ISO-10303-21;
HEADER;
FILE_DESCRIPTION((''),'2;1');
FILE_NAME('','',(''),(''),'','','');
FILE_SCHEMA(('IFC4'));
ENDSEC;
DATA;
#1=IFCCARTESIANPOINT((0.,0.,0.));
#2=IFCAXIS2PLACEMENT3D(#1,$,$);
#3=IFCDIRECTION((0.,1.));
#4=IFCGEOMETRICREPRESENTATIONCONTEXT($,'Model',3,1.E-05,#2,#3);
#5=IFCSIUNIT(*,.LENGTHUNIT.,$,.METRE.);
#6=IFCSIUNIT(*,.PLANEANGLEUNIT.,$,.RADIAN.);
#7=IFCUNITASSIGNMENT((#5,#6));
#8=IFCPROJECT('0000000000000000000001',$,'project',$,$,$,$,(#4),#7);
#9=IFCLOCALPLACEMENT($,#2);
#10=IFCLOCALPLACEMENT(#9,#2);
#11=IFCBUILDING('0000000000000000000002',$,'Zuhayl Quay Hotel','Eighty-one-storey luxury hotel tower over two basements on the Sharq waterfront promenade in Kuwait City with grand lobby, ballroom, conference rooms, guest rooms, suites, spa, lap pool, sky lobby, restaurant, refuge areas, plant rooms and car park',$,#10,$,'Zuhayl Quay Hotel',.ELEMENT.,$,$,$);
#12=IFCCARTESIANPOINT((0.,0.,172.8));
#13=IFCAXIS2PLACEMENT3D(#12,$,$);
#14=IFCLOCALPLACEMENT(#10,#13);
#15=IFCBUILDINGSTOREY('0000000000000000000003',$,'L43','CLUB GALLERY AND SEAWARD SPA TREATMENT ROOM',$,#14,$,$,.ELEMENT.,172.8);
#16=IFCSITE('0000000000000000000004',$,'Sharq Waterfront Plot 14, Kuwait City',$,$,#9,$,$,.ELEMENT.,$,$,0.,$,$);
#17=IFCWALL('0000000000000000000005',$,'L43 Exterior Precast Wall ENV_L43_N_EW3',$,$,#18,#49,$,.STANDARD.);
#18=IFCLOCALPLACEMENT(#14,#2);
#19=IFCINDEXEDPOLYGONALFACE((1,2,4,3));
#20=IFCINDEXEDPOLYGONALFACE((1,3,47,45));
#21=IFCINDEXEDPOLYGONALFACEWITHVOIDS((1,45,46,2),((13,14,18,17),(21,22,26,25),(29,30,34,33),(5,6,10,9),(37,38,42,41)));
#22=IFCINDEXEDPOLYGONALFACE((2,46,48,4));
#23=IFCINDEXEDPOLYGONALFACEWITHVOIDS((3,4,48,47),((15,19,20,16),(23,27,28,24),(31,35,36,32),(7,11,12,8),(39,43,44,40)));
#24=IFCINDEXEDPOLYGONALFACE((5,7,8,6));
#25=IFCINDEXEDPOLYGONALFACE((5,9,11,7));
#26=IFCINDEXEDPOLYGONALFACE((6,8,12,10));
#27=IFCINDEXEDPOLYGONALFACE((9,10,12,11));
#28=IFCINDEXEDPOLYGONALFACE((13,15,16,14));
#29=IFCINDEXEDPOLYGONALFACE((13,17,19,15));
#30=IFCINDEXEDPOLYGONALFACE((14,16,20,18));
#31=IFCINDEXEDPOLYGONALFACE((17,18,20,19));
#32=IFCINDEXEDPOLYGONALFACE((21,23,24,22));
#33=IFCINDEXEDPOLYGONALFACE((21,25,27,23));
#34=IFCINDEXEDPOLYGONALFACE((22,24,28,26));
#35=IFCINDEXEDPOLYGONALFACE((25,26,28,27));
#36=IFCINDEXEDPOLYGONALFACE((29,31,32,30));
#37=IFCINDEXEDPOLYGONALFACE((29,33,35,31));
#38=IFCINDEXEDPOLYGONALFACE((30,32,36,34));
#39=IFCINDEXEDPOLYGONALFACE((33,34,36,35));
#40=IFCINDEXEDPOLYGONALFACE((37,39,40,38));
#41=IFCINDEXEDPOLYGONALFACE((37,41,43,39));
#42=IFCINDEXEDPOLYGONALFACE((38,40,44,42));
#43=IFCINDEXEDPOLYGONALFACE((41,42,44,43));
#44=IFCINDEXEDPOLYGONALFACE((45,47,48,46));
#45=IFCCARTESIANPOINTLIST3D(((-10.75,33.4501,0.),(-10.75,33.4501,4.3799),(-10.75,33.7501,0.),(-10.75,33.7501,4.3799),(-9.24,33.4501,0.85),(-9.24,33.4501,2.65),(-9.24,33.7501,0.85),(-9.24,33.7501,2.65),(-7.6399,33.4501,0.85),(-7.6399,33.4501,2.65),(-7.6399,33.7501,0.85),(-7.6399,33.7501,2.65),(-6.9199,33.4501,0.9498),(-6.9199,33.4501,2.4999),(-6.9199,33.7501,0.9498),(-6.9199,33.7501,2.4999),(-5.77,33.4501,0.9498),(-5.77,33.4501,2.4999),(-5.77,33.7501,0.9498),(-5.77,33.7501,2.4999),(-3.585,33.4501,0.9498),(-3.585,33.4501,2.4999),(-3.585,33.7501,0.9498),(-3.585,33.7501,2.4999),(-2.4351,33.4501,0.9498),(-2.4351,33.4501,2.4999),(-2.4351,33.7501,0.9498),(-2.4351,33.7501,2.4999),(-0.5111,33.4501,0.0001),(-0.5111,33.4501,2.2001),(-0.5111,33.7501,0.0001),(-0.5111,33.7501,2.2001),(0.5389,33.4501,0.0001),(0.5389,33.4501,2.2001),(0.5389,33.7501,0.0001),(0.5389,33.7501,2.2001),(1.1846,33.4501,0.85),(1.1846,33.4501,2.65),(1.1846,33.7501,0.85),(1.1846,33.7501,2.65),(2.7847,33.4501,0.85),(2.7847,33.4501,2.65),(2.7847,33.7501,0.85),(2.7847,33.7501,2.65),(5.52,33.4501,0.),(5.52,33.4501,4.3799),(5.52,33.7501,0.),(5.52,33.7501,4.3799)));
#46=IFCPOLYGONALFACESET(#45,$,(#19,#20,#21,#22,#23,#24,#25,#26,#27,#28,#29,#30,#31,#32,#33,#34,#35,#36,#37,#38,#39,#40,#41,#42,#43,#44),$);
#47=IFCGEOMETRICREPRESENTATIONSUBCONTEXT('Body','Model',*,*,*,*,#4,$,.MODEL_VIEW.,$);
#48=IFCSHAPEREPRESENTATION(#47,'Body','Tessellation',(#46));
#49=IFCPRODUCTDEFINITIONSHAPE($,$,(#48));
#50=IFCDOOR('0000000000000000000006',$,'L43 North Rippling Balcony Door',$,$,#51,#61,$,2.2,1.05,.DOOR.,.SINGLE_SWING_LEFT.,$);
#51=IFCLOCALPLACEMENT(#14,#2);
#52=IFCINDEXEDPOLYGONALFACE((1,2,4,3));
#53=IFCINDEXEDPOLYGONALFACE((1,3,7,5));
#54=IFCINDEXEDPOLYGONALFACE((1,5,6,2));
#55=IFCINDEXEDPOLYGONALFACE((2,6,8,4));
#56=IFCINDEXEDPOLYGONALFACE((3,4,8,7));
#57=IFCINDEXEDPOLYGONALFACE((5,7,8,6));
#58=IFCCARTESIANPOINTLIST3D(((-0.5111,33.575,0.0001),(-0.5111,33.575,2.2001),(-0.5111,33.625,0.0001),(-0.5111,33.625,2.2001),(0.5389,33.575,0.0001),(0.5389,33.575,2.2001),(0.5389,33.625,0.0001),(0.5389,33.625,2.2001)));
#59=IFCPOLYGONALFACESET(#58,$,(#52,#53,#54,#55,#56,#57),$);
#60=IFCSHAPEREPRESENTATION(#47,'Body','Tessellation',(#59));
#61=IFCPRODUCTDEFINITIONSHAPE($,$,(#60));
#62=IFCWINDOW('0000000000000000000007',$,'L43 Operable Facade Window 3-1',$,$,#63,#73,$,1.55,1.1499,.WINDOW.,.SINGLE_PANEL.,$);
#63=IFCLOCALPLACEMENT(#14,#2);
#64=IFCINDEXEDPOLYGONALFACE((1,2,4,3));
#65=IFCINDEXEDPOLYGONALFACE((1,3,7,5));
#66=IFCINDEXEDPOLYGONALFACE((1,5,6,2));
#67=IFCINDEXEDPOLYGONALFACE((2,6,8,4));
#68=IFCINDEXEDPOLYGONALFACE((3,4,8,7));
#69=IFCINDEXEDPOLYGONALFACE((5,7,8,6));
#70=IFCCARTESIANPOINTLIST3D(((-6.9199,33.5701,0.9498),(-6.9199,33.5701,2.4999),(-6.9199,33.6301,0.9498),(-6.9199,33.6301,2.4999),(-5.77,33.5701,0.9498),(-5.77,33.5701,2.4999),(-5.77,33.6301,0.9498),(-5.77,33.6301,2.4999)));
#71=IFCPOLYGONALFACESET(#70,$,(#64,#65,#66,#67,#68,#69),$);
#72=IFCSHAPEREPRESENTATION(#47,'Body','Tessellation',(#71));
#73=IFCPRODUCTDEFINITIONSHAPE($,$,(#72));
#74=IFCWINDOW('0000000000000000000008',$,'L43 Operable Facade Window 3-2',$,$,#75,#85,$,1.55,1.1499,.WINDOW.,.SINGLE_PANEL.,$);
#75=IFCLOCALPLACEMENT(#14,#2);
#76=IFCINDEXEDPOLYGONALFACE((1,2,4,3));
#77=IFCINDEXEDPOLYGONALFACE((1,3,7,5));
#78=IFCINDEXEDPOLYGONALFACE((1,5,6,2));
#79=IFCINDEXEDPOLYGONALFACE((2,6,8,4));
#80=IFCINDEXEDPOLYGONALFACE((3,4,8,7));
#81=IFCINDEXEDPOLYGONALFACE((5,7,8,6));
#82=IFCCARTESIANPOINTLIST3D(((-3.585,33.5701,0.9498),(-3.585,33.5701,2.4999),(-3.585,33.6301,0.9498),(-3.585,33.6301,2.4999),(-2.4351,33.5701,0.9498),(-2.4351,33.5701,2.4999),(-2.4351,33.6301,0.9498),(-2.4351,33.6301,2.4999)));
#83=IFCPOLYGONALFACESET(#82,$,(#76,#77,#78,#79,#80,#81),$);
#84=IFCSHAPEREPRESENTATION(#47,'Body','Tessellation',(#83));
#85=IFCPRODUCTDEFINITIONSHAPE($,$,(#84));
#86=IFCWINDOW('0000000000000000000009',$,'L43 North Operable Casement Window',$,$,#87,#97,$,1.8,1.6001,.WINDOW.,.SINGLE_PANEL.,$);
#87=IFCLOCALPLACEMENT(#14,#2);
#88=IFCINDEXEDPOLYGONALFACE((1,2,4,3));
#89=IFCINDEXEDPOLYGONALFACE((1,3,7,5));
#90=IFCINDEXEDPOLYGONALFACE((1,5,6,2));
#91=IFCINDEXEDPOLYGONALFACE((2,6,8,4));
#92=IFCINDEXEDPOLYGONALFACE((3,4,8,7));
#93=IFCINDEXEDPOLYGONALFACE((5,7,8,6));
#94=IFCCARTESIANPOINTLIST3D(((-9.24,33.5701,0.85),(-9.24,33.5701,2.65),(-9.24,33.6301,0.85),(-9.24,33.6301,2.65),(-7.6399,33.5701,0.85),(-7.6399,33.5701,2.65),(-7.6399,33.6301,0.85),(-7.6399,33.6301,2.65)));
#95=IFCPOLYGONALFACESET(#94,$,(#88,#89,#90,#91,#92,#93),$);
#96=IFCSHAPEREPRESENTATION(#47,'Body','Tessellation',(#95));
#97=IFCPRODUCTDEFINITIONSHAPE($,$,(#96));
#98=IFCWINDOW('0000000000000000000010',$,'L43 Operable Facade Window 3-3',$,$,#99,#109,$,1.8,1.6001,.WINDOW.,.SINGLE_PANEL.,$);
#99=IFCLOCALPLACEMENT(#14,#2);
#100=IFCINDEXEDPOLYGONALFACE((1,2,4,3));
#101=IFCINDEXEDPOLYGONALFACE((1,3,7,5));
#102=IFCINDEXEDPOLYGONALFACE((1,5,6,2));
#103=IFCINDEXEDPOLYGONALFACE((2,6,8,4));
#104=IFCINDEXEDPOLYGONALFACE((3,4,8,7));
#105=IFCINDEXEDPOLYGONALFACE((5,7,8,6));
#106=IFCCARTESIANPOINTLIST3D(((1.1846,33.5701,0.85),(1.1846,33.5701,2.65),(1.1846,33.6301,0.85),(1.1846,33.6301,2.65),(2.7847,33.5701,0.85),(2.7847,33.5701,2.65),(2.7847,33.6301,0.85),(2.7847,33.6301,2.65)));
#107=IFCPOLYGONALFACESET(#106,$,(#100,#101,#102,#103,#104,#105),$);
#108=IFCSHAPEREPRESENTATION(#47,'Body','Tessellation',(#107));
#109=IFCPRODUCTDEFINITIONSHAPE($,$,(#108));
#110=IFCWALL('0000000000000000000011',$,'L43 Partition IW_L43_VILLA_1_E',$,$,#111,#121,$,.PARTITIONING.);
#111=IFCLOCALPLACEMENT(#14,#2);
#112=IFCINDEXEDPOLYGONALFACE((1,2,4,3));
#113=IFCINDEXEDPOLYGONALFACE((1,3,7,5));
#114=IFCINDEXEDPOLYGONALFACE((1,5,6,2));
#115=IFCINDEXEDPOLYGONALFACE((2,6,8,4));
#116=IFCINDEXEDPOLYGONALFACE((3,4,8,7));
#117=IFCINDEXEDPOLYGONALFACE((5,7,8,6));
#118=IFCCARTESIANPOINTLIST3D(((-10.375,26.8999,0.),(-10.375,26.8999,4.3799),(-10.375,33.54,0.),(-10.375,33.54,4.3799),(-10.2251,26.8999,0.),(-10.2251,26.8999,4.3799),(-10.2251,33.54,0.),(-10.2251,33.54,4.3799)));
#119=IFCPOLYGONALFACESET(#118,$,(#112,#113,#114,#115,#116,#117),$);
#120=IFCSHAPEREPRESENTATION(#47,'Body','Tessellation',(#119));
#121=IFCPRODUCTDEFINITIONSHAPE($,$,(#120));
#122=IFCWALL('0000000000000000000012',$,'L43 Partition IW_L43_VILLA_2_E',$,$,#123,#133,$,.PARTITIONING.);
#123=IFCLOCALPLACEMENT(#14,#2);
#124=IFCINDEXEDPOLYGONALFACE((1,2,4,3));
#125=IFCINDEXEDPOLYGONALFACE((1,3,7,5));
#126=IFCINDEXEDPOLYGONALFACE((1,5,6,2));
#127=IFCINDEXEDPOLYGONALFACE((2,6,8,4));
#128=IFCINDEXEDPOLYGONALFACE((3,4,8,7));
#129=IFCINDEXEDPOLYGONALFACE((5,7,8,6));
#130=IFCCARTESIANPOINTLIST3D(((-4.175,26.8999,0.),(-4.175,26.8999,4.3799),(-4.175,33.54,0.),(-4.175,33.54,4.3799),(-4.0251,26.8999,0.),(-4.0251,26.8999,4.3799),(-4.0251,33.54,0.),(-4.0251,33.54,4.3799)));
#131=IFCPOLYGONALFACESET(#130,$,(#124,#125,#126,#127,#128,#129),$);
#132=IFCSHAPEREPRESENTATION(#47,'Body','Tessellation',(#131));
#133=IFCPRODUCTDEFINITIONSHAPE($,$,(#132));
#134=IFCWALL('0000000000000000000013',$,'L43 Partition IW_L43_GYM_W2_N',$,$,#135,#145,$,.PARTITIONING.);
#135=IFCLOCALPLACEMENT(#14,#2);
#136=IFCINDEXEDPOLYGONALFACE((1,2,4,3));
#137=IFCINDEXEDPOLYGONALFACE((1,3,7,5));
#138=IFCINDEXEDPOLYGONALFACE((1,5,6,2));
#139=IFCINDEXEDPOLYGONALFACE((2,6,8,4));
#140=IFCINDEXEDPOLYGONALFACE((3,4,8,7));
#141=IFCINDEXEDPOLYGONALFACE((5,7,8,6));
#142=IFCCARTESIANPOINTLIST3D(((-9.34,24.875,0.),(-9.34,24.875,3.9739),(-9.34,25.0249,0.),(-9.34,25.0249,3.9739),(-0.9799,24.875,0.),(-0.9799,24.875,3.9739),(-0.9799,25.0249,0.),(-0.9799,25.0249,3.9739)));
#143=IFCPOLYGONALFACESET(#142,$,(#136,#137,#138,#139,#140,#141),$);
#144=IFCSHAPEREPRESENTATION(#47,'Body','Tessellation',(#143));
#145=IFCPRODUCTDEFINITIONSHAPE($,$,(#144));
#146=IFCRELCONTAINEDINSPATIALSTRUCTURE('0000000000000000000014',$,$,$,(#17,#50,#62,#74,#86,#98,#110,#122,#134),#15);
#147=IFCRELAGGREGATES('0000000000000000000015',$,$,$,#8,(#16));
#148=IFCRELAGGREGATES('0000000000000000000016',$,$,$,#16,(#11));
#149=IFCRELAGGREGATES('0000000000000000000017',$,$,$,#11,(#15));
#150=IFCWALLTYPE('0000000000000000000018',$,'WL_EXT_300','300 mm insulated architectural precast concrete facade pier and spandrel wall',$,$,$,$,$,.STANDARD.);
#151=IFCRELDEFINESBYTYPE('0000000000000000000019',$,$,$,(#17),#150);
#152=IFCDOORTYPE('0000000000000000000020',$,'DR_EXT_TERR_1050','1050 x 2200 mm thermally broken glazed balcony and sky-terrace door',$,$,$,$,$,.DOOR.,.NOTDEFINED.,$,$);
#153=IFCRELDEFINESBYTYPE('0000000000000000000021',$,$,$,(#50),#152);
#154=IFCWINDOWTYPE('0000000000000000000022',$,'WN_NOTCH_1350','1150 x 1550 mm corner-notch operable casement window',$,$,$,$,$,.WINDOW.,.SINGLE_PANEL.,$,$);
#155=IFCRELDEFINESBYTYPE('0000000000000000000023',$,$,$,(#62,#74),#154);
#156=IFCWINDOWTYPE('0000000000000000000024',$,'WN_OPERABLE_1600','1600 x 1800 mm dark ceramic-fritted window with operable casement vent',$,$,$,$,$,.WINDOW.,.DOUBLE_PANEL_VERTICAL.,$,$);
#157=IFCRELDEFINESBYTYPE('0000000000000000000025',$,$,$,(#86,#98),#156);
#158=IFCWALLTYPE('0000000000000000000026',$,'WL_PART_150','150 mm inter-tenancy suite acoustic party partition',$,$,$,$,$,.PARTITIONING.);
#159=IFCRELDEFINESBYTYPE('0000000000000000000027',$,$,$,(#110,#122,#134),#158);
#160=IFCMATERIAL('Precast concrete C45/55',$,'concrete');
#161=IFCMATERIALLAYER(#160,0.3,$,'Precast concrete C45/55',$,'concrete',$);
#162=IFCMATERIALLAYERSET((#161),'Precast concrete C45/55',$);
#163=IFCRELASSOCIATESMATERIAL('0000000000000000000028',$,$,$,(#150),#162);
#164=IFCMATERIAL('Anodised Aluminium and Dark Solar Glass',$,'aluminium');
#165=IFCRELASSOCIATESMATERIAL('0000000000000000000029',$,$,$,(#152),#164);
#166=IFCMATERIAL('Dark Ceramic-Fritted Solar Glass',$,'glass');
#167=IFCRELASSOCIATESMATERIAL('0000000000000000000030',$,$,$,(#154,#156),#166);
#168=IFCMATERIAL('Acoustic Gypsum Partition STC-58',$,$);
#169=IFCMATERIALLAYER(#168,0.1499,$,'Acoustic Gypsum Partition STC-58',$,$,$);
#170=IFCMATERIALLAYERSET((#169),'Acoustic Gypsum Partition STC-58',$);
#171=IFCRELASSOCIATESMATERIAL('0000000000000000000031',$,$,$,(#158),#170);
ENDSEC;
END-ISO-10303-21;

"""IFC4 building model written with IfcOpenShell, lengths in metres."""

from ifc_helpers import new_model, si_unit, direction, frame, frame_2d, origin, place, context, subcontext, project, spatial, rectangle, extrude, material, layer, layer_set, type_object, element, fill, save


model = new_model("IFC4")

# Units and contexts
model_context = context("Model", 3, precision=1e-05, world=origin(), true_north=direction((0.0, 1.0)))
body_context = subcontext(model_context, "Body", "Model", "MODEL_VIEW")
ifc_project = project(units=[si_unit("LENGTHUNIT", "METRE"), si_unit("PLANEANGLEUNIT", "RADIAN")], contexts=[model_context])

# Site, building, storey
site_placement = place(None, origin())
site = spatial("IfcSite", under=ifc_project, at=site_placement, Name="Sharq Waterfront Plot 14, Kuwait City", CompositionType="ELEMENT", RefElevation=0.0)
building_placement = place(site_placement, origin())
building = spatial("IfcBuilding", under=site, at=building_placement, Name="Zuhayl Quay Hotel", Description="Eighty-one-storey luxury hotel tower over two basements on the Sharq waterfront promenade in Kuwait City with grand lobby, ballroom, conference rooms, guest rooms, suites, spa, lap pool, sky lobby, restaurant, refuge areas, plant rooms and car park", LongName="Zuhayl Quay Hotel", CompositionType="ELEMENT")
storey_placement = place(building_placement, frame((0.0, 0.0, 172.8)))
storey = spatial("IfcBuildingStorey", under=building, at=storey_placement, Name="L43", Description="CLUB GALLERY AND SEAWARD SPA TREATMENT ROOM", CompositionType="ELEMENT", Elevation=172.8)

# Shared definitions
ifc_material_1 = material(Name="Dark Ceramic-Fritted Solar Glass", Category="glass")

# Wall, openings, door, windows
ifc_material_2 = material(Name="Precast concrete C45/55", Category="concrete")
ifc_layer_1 = layer(ifc_material_2, 0.3, Name="Precast concrete C45/55", Category="concrete")
ifc_layer_set_1 = layer_set([ifc_layer_1], Name="Precast concrete C45/55")
wall_type_1 = type_object("IfcWallType", Name="WL_EXT_300", Description="300 mm insulated architectural precast concrete facade pier and spandrel wall", PredefinedType="STANDARD", material=ifc_layer_set_1)
wall_1_placement = place(storey_placement, frame((-10.75, 33.6001, 0.0), z_axis=(0.0, 0.0, 1.0), x_axis=(1.0, 0.0, 0.0)))
wall_1 = element("IfcWall", 1, at=wall_1_placement, inside=storey, type_object=wall_type_1, Name="L43 Exterior Precast Wall ENV_L43_N_EW3", PredefinedType="STANDARD", context=body_context, shape_type="SweptSolid", body=[
    extrude(rectangle(XDim=16.27, YDim=0.3, at=frame_2d((8.135, 0.0))), origin(), (0.0, 0.0, 1.0), 4.3799),
])
opening_1_placement = place(wall_1_placement, frame((10.239, 0.0, 0.0)))
opening_1 = element("IfcOpeningElement", 2, at=opening_1_placement, cuts=wall_1, PredefinedType="OPENING", context=body_context, shape_type="SweptSolid", body=[
    extrude(rectangle(XDim=1.05, YDim=2.2, at=frame_2d((0.5249, 1.1001))), frame((0.0, 0.1599, 0.0), z_axis=(0.0, -1.0, 0.0), x_axis=(1.0, 0.0, 0.0)), (0.0, 0.0, 1.0), 0.3201),
])
opening_2_placement = place(wall_1_placement, frame((1.51, 0.0, 0.8501)))
opening_2 = element("IfcOpeningElement", 3, at=opening_2_placement, cuts=wall_1, PredefinedType="OPENING", context=body_context, shape_type="SweptSolid", body=[
    extrude(rectangle(XDim=1.6001, YDim=1.8, at=frame_2d((0.8, 0.8999))), frame((0.0, 0.1599, 0.0), z_axis=(0.0, -1.0, 0.0), x_axis=(1.0, 0.0, 0.0)), (0.0, 0.0, 1.0), 0.3201),
])
opening_3_placement = place(wall_1_placement, frame((3.8301, 0.0, 0.95)))
opening_3 = element("IfcOpeningElement", 4, at=opening_3_placement, cuts=wall_1, PredefinedType="OPENING", context=body_context, shape_type="SweptSolid", body=[
    extrude(rectangle(XDim=1.1499, YDim=1.55, at=frame_2d((0.575, 0.7749))), frame((0.0, 0.1599, 0.0), z_axis=(0.0, -1.0, 0.0), x_axis=(1.0, 0.0, 0.0)), (0.0, 0.0, 1.0), 0.3201),
])
opening_4_placement = place(wall_1_placement, frame((7.165, 0.0, 0.95)))
opening_4 = element("IfcOpeningElement", 5, at=opening_4_placement, cuts=wall_1, PredefinedType="OPENING", context=body_context, shape_type="SweptSolid", body=[
    extrude(rectangle(XDim=1.1499, YDim=1.55, at=frame_2d((0.575, 0.7749))), frame((0.0, 0.1599, 0.0), z_axis=(0.0, -1.0, 0.0), x_axis=(1.0, 0.0, 0.0)), (0.0, 0.0, 1.0), 0.3201),
])
opening_5_placement = place(wall_1_placement, frame((11.9346, 0.0, 0.8501)))
opening_5 = element("IfcOpeningElement", 6, at=opening_5_placement, cuts=wall_1, PredefinedType="OPENING", context=body_context, shape_type="SweptSolid", body=[
    extrude(rectangle(XDim=1.6001, YDim=1.8, at=frame_2d((0.8, 0.8999))), frame((0.0, 0.1599, 0.0), z_axis=(0.0, -1.0, 0.0), x_axis=(1.0, 0.0, 0.0)), (0.0, 0.0, 1.0), 0.3201),
])
ifc_material_3 = material(Name="Anodised Aluminium and Dark Solar Glass", Category="aluminium")
door_type_1 = type_object("IfcDoorType", Name="DR_EXT_TERR_1050", Description="1050 x 2200 mm thermally broken glazed balcony and sky-terrace door", OperationType="NOTDEFINED", PredefinedType="DOOR", material=ifc_material_3)
door_1_placement = place(opening_1_placement, origin())
door_1 = element("IfcDoor", 7, at=door_1_placement, inside=storey, type_object=door_type_1, Name="L43 North Rippling Balcony Door", OperationType="SINGLE_SWING_LEFT", OverallHeight=2.2, OverallWidth=1.05, PredefinedType="DOOR", context=body_context, shape_type="SweptSolid", body=[
    extrude(rectangle(XDim=1.05, YDim=2.2, at=frame_2d((0.5249, 1.1001))), frame((0.0, 0.0249, 0.0), z_axis=(0.0, -1.0, 0.0), x_axis=(1.0, 0.0, 0.0)), (0.0, 0.0, 1.0), 0.05),
])
fill(opening_1, door_1)
window_type_1 = type_object("IfcWindowType", Name="WN_NOTCH_1350", Description="1150 x 1550 mm corner-notch operable casement window", PartitioningType="SINGLE_PANEL", PredefinedType="WINDOW", material=ifc_material_1)
window_1_placement = place(opening_3_placement, origin())
window_1 = element("IfcWindow", 8, at=window_1_placement, inside=storey, type_object=window_type_1, Name="L43 Operable Facade Window 3-1", OverallHeight=1.55, OverallWidth=1.1499, PartitioningType="SINGLE_PANEL", PredefinedType="WINDOW", context=body_context, shape_type="SweptSolid", body=[
    extrude(rectangle(XDim=1.1499, YDim=1.55, at=frame_2d((0.575, 0.7749))), frame((0.0, 0.03, 0.0), z_axis=(0.0, -1.0, 0.0), x_axis=(1.0, 0.0, 0.0)), (0.0, 0.0, 1.0), 0.0601),
])
fill(opening_3, window_1)
window_2_placement = place(opening_4_placement, origin())
window_2 = element("IfcWindow", 9, at=window_2_placement, inside=storey, type_object=window_type_1, Name="L43 Operable Facade Window 3-2", OverallHeight=1.55, OverallWidth=1.1499, PartitioningType="SINGLE_PANEL", PredefinedType="WINDOW", context=body_context, shape_type="SweptSolid", body=[
    extrude(rectangle(XDim=1.1499, YDim=1.55, at=frame_2d((0.575, 0.7749))), frame((0.0, 0.03, 0.0), z_axis=(0.0, -1.0, 0.0), x_axis=(1.0, 0.0, 0.0)), (0.0, 0.0, 1.0), 0.0601),
])
fill(opening_4, window_2)
window_type_2 = type_object("IfcWindowType", Name="WN_OPERABLE_1600", Description="1600 x 1800 mm dark ceramic-fritted window with operable casement vent", PartitioningType="DOUBLE_PANEL_VERTICAL", PredefinedType="WINDOW", material=ifc_material_1)
window_3_placement = place(opening_2_placement, origin())
window_3 = element("IfcWindow", 10, at=window_3_placement, inside=storey, type_object=window_type_2, Name="L43 North Operable Casement Window", OverallHeight=1.8, OverallWidth=1.6001, PartitioningType="SINGLE_PANEL", PredefinedType="WINDOW", context=body_context, shape_type="SweptSolid", body=[
    extrude(rectangle(XDim=1.6001, YDim=1.8, at=frame_2d((0.8, 0.8999))), frame((0.0, 0.03, 0.0), z_axis=(0.0, -1.0, 0.0), x_axis=(1.0, 0.0, 0.0)), (0.0, 0.0, 1.0), 0.0601),
])
fill(opening_2, window_3)
window_4_placement = place(opening_5_placement, origin())
window_4 = element("IfcWindow", 11, at=window_4_placement, inside=storey, type_object=window_type_2, Name="L43 Operable Facade Window 3-3", OverallHeight=1.8, OverallWidth=1.6001, PartitioningType="SINGLE_PANEL", PredefinedType="WINDOW", context=body_context, shape_type="SweptSolid", body=[
    extrude(rectangle(XDim=1.6001, YDim=1.8, at=frame_2d((0.8, 0.8999))), frame((0.0, 0.03, 0.0), z_axis=(0.0, -1.0, 0.0), x_axis=(1.0, 0.0, 0.0)), (0.0, 0.0, 1.0), 0.0601),
])
fill(opening_5, window_4)

# Walls
ifc_material_4 = material(Name="Acoustic Gypsum Partition STC-58")
ifc_layer_2 = layer(ifc_material_4, 0.1499, Name="Acoustic Gypsum Partition STC-58")
ifc_layer_set_2 = layer_set([ifc_layer_2], Name="Acoustic Gypsum Partition STC-58")
wall_type_2 = type_object("IfcWallType", Name="WL_PART_150", Description="150 mm inter-tenancy suite acoustic party partition", PredefinedType="PARTITIONING", material=ifc_layer_set_2)
for number, where, z_axis, x_axis, name in (
    (12, (-10.3, 26.8999, 0.0), (0.0, 0.0, 1.0), (0.0, 1.0, 0.0), "L43 Partition IW_L43_VILLA_1_E"),
    (13, (-4.1001, 26.8999, 0.0), (0.0, 0.0, 1.0), (0.0, 1.0, 0.0), "L43 Partition IW_L43_VILLA_2_E"),
):
    element("IfcWall", number, at=place(storey_placement, frame(where, z_axis=z_axis, x_axis=x_axis)), inside=storey, type_object=wall_type_2, Name=name, PredefinedType="PARTITIONING", context=body_context, shape_type="SweptSolid", body=[
        extrude(rectangle(XDim=6.6401, YDim=0.1499, at=frame_2d((3.3201, 0.0))), origin(), (0.0, 0.0, 1.0), 4.3799),
    ])
wall_2_placement = place(storey_placement, frame((-9.3401, 24.95, 0.0), z_axis=(0.0, 0.0, 1.0), x_axis=(1.0, 0.0, 0.0)))
element("IfcWall", 14, at=wall_2_placement, inside=storey, type_object=wall_type_2, Name="L43 Partition IW_L43_GYM_W2_N", PredefinedType="PARTITIONING", context=body_context, shape_type="SweptSolid", body=[
    extrude(rectangle(XDim=8.3601, YDim=0.1499, at=frame_2d((4.1802, 0.0))), origin(), (0.0, 0.0, 1.0), 3.9739),
])

save(model, "model.ifc")
